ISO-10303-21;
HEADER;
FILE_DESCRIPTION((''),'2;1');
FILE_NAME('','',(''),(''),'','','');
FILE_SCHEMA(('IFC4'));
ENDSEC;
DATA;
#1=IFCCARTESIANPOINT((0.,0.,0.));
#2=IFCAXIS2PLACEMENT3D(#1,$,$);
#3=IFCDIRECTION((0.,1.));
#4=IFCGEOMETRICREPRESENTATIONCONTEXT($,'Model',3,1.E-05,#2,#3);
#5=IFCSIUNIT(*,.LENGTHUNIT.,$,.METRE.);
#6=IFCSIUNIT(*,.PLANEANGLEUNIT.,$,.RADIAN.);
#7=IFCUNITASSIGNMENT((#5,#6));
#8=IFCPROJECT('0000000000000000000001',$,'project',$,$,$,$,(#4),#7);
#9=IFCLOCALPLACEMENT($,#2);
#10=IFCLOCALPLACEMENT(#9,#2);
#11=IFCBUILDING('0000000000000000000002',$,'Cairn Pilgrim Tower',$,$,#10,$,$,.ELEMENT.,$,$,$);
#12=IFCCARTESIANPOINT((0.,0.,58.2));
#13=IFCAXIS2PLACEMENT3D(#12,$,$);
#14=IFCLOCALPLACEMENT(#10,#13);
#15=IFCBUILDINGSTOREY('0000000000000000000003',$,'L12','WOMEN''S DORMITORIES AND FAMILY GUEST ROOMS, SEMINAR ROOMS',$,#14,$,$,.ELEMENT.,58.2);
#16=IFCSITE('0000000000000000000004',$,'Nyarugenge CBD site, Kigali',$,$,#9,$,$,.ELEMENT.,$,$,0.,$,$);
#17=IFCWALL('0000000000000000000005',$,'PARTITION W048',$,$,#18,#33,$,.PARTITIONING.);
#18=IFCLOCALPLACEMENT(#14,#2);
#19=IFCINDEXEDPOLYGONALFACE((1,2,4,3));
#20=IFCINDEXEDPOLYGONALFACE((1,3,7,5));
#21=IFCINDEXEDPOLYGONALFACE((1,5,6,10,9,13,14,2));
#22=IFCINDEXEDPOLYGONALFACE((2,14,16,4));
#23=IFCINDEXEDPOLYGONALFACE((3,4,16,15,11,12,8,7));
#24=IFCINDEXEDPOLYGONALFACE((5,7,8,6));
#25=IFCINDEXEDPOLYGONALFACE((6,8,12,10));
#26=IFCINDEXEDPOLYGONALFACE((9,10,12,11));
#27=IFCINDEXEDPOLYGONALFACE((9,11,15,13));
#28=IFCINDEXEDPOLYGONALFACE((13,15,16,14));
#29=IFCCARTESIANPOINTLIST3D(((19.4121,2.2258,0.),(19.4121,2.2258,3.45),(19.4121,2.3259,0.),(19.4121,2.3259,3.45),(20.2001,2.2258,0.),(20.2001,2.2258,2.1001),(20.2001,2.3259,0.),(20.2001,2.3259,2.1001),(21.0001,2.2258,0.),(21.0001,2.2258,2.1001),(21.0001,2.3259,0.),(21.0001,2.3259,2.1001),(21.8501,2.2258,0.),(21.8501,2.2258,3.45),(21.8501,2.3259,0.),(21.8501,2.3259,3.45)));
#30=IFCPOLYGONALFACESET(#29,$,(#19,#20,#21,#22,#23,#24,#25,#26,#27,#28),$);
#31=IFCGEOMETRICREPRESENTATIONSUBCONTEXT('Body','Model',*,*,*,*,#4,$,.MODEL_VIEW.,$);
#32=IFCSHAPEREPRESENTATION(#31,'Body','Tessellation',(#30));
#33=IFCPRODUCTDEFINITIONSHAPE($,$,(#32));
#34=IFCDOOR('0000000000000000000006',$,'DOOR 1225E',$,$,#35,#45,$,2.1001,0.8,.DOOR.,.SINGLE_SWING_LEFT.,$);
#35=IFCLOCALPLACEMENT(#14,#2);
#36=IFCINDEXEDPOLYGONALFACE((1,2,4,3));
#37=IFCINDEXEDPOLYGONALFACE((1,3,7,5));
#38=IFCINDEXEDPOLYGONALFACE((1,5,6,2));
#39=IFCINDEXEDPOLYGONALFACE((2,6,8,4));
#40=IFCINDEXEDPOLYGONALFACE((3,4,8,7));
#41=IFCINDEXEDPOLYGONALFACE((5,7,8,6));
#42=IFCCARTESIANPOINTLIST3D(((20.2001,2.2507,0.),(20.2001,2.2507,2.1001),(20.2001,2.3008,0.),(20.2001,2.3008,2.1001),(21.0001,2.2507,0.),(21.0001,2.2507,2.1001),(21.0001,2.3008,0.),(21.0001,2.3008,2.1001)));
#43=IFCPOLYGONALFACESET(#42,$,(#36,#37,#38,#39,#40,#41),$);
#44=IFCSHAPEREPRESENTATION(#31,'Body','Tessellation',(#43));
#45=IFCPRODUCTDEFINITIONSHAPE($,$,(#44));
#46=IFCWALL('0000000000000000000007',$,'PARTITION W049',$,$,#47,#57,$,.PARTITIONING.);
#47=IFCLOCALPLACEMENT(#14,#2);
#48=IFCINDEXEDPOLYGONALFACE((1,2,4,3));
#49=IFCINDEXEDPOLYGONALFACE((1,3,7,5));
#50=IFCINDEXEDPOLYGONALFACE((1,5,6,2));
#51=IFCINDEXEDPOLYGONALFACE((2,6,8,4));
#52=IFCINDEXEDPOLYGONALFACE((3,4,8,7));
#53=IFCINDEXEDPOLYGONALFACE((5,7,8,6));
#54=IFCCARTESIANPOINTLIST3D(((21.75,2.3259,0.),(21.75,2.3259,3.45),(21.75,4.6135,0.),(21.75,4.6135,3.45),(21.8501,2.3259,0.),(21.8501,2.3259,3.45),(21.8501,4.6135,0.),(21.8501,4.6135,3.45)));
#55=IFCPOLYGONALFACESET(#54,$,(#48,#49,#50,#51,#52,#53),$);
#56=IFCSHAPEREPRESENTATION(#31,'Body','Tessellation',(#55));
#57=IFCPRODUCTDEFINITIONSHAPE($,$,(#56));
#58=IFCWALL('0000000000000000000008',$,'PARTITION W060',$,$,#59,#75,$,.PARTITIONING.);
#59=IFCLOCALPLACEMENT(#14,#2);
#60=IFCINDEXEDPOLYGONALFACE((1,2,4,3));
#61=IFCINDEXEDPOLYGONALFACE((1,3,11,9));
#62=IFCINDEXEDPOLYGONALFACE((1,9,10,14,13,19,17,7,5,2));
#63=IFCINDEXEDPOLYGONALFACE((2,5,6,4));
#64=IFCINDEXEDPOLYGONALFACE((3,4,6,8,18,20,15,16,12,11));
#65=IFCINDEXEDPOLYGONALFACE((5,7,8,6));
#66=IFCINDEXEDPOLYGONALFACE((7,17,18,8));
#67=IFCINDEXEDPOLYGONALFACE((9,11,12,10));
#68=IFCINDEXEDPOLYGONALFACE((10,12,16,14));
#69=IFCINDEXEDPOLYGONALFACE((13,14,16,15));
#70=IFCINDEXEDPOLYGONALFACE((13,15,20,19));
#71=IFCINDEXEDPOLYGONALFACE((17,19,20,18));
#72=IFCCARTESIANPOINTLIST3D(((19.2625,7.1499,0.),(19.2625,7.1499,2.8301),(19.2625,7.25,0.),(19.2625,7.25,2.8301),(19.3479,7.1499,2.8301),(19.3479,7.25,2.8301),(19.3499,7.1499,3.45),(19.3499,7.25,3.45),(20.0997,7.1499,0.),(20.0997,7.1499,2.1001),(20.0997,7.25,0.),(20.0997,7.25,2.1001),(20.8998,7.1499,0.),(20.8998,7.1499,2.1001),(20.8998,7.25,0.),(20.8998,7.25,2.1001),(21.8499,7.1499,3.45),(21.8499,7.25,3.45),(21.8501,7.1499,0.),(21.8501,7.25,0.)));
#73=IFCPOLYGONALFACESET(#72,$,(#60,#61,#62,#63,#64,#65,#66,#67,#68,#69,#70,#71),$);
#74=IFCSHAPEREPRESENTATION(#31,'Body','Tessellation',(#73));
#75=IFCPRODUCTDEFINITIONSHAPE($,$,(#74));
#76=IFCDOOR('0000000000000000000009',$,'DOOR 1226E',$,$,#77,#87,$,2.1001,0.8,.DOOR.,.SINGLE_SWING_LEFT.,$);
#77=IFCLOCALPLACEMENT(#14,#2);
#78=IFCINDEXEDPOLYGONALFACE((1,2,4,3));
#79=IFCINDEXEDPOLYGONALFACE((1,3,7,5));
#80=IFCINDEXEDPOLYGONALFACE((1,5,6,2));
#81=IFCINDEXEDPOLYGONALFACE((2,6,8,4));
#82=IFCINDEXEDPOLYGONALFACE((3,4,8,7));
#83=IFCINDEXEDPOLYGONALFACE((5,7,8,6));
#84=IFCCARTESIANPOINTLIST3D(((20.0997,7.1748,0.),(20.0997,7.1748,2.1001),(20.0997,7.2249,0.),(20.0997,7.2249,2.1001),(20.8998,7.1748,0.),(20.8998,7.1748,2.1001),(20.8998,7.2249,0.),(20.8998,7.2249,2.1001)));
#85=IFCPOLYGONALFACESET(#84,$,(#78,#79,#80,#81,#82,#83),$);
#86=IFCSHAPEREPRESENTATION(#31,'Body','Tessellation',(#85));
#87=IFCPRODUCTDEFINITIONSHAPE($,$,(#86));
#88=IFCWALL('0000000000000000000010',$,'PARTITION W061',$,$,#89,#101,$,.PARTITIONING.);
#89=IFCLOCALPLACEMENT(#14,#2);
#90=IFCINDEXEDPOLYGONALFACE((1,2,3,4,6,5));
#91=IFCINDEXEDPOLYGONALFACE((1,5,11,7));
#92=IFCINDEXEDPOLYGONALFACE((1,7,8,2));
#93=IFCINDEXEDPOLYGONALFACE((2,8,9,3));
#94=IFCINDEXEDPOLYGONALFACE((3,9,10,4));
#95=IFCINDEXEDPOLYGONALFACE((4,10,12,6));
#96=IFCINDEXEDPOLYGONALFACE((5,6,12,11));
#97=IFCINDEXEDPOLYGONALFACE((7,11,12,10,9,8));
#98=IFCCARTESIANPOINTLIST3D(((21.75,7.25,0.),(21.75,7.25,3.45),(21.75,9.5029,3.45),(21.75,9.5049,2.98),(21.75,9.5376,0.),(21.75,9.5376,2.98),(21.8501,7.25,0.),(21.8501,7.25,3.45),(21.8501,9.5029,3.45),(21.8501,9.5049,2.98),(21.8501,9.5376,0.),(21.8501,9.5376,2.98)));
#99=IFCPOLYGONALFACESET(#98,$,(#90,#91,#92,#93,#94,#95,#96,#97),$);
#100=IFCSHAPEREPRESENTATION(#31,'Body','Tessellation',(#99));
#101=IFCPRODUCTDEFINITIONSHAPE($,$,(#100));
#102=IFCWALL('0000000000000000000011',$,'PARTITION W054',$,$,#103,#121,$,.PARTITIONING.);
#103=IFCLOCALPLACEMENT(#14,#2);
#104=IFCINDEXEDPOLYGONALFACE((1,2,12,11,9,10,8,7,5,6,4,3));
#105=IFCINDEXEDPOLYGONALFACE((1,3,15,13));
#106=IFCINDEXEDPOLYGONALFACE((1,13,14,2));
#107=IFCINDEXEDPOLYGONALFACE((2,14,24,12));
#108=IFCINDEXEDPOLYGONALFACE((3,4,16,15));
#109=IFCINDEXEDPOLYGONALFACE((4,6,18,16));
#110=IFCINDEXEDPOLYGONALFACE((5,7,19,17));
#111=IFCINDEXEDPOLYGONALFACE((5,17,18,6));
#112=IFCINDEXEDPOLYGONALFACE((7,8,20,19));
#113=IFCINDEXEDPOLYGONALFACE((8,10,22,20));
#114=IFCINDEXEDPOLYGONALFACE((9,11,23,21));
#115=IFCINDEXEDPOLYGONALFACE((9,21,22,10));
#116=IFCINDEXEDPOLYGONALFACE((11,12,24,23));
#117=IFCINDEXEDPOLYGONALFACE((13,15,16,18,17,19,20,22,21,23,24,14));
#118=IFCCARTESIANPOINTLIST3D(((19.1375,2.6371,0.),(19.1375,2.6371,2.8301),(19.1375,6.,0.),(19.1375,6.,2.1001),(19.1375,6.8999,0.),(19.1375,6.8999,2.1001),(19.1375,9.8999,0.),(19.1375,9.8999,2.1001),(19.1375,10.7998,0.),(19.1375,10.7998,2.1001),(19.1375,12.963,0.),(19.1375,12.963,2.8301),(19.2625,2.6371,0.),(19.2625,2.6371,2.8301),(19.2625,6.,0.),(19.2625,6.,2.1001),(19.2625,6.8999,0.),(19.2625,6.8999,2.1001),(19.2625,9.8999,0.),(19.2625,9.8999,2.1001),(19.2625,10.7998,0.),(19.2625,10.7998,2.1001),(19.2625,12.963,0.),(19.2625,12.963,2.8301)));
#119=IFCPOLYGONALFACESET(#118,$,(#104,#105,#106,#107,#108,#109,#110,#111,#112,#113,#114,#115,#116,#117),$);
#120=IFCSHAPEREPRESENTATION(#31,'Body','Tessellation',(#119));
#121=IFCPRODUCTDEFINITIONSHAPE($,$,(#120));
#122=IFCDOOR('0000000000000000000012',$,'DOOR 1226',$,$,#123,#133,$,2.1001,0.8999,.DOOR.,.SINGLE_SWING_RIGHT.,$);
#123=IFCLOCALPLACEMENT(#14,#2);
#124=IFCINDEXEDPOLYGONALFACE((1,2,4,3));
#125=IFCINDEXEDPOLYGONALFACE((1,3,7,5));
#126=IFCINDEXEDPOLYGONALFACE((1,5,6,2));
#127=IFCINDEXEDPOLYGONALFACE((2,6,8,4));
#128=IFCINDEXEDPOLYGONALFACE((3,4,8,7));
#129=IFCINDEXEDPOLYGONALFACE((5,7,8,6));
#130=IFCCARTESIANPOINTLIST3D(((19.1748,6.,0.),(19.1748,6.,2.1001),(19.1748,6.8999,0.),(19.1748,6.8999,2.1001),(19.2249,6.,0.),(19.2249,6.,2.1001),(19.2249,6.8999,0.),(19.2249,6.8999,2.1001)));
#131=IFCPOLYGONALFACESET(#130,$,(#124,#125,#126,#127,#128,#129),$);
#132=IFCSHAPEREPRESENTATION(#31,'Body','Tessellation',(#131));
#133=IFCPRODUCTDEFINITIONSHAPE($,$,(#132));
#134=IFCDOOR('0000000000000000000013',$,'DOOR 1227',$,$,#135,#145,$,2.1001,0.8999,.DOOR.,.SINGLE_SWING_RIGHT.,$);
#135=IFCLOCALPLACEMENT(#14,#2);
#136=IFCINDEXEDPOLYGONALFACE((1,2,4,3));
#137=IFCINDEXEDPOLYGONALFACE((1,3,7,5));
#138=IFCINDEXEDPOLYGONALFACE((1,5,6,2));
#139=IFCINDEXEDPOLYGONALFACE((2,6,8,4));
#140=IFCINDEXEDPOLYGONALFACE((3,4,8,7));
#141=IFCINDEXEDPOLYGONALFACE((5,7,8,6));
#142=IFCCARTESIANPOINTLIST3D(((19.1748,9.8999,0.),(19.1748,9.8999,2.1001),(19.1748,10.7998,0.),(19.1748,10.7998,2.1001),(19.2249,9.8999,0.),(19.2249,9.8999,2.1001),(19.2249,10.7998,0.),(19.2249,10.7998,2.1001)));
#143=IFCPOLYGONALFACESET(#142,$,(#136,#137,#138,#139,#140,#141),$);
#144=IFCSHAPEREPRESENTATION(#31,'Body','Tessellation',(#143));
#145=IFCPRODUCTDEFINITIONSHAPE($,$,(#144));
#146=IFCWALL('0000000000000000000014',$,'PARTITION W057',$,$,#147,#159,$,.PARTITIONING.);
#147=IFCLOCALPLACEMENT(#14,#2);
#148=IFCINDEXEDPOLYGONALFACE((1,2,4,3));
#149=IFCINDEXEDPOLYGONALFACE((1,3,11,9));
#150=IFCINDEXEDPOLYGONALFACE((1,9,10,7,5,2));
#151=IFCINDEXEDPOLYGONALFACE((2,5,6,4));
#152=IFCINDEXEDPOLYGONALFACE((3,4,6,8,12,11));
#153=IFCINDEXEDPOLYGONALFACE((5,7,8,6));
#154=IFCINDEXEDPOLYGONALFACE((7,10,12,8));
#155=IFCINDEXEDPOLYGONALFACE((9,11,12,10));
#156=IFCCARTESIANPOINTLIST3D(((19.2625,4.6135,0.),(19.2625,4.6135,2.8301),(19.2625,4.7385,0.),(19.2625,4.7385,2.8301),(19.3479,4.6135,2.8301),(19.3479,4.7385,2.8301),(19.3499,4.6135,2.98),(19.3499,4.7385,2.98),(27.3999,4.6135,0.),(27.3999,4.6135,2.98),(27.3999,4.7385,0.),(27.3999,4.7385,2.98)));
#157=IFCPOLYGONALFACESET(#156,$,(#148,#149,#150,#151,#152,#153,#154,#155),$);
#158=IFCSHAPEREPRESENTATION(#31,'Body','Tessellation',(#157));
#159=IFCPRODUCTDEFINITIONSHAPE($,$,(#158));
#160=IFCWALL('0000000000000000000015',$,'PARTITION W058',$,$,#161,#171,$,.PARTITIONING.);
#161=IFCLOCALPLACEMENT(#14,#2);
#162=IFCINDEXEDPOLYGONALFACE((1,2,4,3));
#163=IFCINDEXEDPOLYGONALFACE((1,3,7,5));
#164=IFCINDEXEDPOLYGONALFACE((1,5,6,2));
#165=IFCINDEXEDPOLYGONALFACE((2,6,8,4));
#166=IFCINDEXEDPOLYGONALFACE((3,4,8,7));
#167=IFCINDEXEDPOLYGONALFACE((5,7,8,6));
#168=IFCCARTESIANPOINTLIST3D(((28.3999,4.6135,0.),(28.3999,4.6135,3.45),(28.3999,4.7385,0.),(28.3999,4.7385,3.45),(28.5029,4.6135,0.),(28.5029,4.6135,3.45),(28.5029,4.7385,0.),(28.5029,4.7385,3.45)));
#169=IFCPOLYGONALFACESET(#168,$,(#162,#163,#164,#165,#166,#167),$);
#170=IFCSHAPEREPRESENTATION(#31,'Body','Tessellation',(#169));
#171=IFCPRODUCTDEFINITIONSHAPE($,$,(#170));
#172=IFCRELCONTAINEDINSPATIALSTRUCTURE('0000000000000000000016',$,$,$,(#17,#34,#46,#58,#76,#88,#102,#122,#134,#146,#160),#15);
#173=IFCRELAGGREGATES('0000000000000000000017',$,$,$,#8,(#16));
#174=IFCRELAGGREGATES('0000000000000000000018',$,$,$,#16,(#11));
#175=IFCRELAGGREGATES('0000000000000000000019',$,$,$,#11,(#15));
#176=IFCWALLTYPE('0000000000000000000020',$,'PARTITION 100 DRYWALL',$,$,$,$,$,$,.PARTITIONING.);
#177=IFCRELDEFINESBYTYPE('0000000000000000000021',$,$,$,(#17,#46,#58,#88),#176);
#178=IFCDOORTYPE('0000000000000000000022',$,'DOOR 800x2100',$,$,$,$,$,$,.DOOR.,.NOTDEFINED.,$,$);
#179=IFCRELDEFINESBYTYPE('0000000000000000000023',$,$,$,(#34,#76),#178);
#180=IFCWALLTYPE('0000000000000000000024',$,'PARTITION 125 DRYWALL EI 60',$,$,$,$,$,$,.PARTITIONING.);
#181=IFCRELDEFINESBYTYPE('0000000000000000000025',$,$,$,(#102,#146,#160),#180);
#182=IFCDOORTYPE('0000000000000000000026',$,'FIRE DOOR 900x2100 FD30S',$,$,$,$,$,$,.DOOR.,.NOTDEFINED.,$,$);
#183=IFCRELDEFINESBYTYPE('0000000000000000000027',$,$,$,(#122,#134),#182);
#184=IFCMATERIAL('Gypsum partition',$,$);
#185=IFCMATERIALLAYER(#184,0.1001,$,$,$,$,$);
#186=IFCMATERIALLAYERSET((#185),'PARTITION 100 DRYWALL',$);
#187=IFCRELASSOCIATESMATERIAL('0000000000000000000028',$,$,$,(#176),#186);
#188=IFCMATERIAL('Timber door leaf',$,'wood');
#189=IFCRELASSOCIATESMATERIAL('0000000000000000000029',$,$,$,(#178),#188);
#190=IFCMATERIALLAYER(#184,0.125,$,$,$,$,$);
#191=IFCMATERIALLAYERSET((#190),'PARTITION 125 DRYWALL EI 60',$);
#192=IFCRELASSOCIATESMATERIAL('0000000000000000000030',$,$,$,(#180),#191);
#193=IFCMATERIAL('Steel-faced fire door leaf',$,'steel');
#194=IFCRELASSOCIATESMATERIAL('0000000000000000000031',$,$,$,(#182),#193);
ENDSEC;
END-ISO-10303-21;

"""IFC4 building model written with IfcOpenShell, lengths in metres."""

from ifc_helpers import new_model, si_unit, direction, frame, frame_2d, origin, place, context, subcontext, project, spatial, polyline, rectangle, outline, extrude, material, layer, layer_set, type_object, element, fill, save


model = new_model("IFC4")

# Units and contexts
model_context = context("Model", 3, precision=1e-05, world=origin(), true_north=direction((0.0, 1.0)))
body_context = subcontext(model_context, "Body", "Model", "MODEL_VIEW")
ifc_project = project(units=[si_unit("LENGTHUNIT", "METRE"), si_unit("PLANEANGLEUNIT", "RADIAN")], contexts=[model_context])

# Site, building, storey
site_placement = place(None, origin())
site = spatial("IfcSite", under=ifc_project, at=site_placement, Name="Nyarugenge CBD site, Kigali", CompositionType="ELEMENT", RefElevation=0.0)
building_placement = place(site_placement, origin())
building = spatial("IfcBuilding", under=site, at=building_placement, Name="Cairn Pilgrim Tower", CompositionType="ELEMENT")
storey_placement = place(building_placement, frame((0.0, 0.0, 58.2)))
storey = spatial("IfcBuildingStorey", under=building, at=storey_placement, Name="L12", Description="WOMEN'S DORMITORIES AND FAMILY GUEST ROOMS, SEMINAR ROOMS", CompositionType="ELEMENT", Elevation=58.2)

# Wall, opening, door
ifc_material_1 = material(Name="Gypsum partition")
ifc_layer_1 = layer(ifc_material_1, 0.1001)
ifc_layer_set_1 = layer_set([ifc_layer_1], Name="PARTITION 100 DRYWALL")
wall_type_1 = type_object("IfcWallType", Name="PARTITION 100 DRYWALL", PredefinedType="PARTITIONING", material=ifc_layer_set_1)
wall_1_placement = place(storey_placement, frame((19.4121, 2.2759, 0.0), z_axis=(0.0, 0.0, 1.0), x_axis=(1.0, 0.0, 0.0)))
wall_1 = element("IfcWall", 1, at=wall_1_placement, inside=storey, type_object=wall_type_1, Name="PARTITION W048", PredefinedType="PARTITIONING", context=body_context, shape_type="SweptSolid", body=[
    extrude(rectangle(XDim=2.438, YDim=0.1001, at=frame_2d((1.219, 0.0))), origin(), (0.0, 0.0, 1.0), 3.45),
])
opening_1_placement = place(wall_1_placement, frame((0.7881, 0.0, 0.0)))
opening_1 = element("IfcOpeningElement", 2, at=opening_1_placement, cuts=wall_1, PredefinedType="OPENING", context=body_context, shape_type="SweptSolid", body=[
    extrude(rectangle(XDim=0.8, YDim=2.1001, at=frame_2d((0.3999, 1.05))), frame((0.0, 0.0601, 0.0), z_axis=(0.0, -1.0, 0.0), x_axis=(1.0, 0.0, 0.0)), (0.0, 0.0, 1.0), 0.1201),
])
ifc_material_2 = material(Name="Timber door leaf", Category="wood")
door_type_1 = type_object("IfcDoorType", Name="DOOR 800x2100", OperationType="NOTDEFINED", PredefinedType="DOOR", material=ifc_material_2)
door_1_placement = place(opening_1_placement, origin())
door_1 = element("IfcDoor", 3, at=door_1_placement, inside=storey, type_object=door_type_1, Name="DOOR 1225E", OperationType="SINGLE_SWING_LEFT", OverallHeight=2.1001, OverallWidth=0.8, PredefinedType="DOOR", context=body_context, shape_type="SweptSolid", body=[
    extrude(rectangle(XDim=0.8, YDim=2.1001, at=frame_2d((0.3999, 1.05))), frame((0.0, 0.0249, 0.0), z_axis=(0.0, -1.0, 0.0), x_axis=(1.0, 0.0, 0.0)), (0.0, 0.0, 1.0), 0.05),
])
fill(opening_1, door_1)

# Wall
wall_2_placement = place(storey_placement, frame((21.8, 2.3259, 0.0), z_axis=(0.0, 0.0, 1.0), x_axis=(0.0, 1.0, 0.0)))
element("IfcWall", 4, at=wall_2_placement, inside=storey, type_object=wall_type_1, Name="PARTITION W049", PredefinedType="PARTITIONING", context=body_context, shape_type="SweptSolid", body=[
    extrude(rectangle(XDim=2.2876, YDim=0.1001, at=frame_2d((1.1438, 0.0))), origin(), (0.0, 0.0, 1.0), 3.45),
])

# Wall, opening, door
wall_3_placement = place(storey_placement, frame((19.2625, 7.2, 0.0), z_axis=(0.0, 0.0, 1.0), x_axis=(1.0, 0.0, 0.0)))
wall_3 = element("IfcWall", 5, at=wall_3_placement, inside=storey, type_object=wall_type_1, Name="PARTITION W060", PredefinedType="PARTITIONING", context=body_context, shape_type="SweptSolid", body=[
    extrude(outline(polyline([(0.0, 0.0), (2.5876, 0.0), (2.5874, 3.45), (0.0874, 3.45), (0.0854, 2.8301), (0.0, 2.8301), (0.0, 0.0)])), frame((0.0, 0.05, 0.0), z_axis=(0.0, -1.0, 0.0), x_axis=(1.0, 0.0, 0.0)), (0.0, 0.0, 1.0), 0.1001),
])
opening_2_placement = place(wall_3_placement, frame((0.8374, 0.0, 0.0)))
opening_2 = element("IfcOpeningElement", 6, at=opening_2_placement, cuts=wall_3, PredefinedType="OPENING", context=body_context, shape_type="SweptSolid", body=[
    extrude(rectangle(XDim=0.8, YDim=2.1001, at=frame_2d((0.3999, 1.05))), frame((0.0, 0.0601, 0.0), z_axis=(0.0, -1.0, 0.0), x_axis=(1.0, 0.0, 0.0)), (0.0, 0.0, 1.0), 0.1201),
])
door_2_placement = place(opening_2_placement, origin())
door_2 = element("IfcDoor", 7, at=door_2_placement, inside=storey, type_object=door_type_1, Name="DOOR 1226E", OperationType="SINGLE_SWING_LEFT", OverallHeight=2.1001, OverallWidth=0.8, PredefinedType="DOOR", context=body_context, shape_type="SweptSolid", body=[
    extrude(rectangle(XDim=0.8, YDim=2.1001, at=frame_2d((0.3999, 1.05))), frame((0.0, 0.0249, 0.0), z_axis=(0.0, -1.0, 0.0), x_axis=(1.0, 0.0, 0.0)), (0.0, 0.0, 1.0), 0.05),
])
fill(opening_2, door_2)

# Wall
wall_4_placement = place(storey_placement, frame((21.8, 7.25, 0.0), z_axis=(0.0, 0.0, 1.0), x_axis=(0.0, 1.0, 0.0)))
element("IfcWall", 8, at=wall_4_placement, inside=storey, type_object=wall_type_1, Name="PARTITION W061", PredefinedType="PARTITIONING", context=body_context, shape_type="SweptSolid", body=[
    extrude(outline(polyline([(0.0, 0.0), (2.2876, 0.0), (2.2876, 2.98), (2.2549, 2.98), (2.2529, 3.45), (0.0, 3.45), (0.0, 0.0)])), frame((0.0, 0.05, 0.0), z_axis=(0.0, -1.0, 0.0), x_axis=(1.0, 0.0, 0.0)), (0.0, 0.0, 1.0), 0.1001),
])

# Wall, openings, doors
ifc_layer_2 = layer(ifc_material_1, 0.125)
ifc_layer_set_2 = layer_set([ifc_layer_2], Name="PARTITION 125 DRYWALL EI 60")
wall_type_2 = type_object("IfcWallType", Name="PARTITION 125 DRYWALL EI 60", PredefinedType="PARTITIONING", material=ifc_layer_set_2)
wall_5_placement = place(storey_placement, frame((19.2, 2.637, 0.0), z_axis=(0.0, 0.0, 1.0), x_axis=(0.0, 1.0, 0.0)))
wall_5 = element("IfcWall", 9, at=wall_5_placement, inside=storey, type_object=wall_type_2, Name="PARTITION W054", PredefinedType="PARTITIONING", context=body_context, shape_type="SweptSolid", body=[
    extrude(rectangle(XDim=10.3259, YDim=0.125, at=frame_2d((5.1631, 0.0))), origin(), (0.0, 0.0, 1.0), 2.8301),
])
opening_3_placement = place(wall_5_placement, frame((3.363, 0.0, 0.0)))
opening_3 = element("IfcOpeningElement", 10, at=opening_3_placement, cuts=wall_5, PredefinedType="OPENING", context=body_context, shape_type="SweptSolid", body=[
    extrude(rectangle(XDim=0.8999, YDim=2.1001, at=frame_2d((0.45, 1.05))), frame((0.0, 0.0725, 0.0), z_axis=(0.0, -1.0, 0.0), x_axis=(1.0, 0.0, 0.0)), (0.0, 0.0, 1.0), 0.145),
])
opening_4_placement = place(wall_5_placement, frame((7.2629, 0.0, 0.0)))
opening_4 = element("IfcOpeningElement", 11, at=opening_4_placement, cuts=wall_5, PredefinedType="OPENING", context=body_context, shape_type="SweptSolid", body=[
    extrude(rectangle(XDim=0.8999, YDim=2.1001, at=frame_2d((0.45, 1.05))), frame((0.0, 0.0725, 0.0), z_axis=(0.0, -1.0, 0.0), x_axis=(1.0, 0.0, 0.0)), (0.0, 0.0, 1.0), 0.145),
])
ifc_material_3 = material(Name="Steel-faced fire door leaf", Category="steel")
door_type_2 = type_object("IfcDoorType", Name="FIRE DOOR 900x2100 FD30S", OperationType="NOTDEFINED", PredefinedType="DOOR", material=ifc_material_3)
door_3_placement = place(opening_3_placement, frame((0.8999, 0.0, 0.0), z_axis=(0.0, 0.0, 1.0), x_axis=(-1.0, 0.0, 0.0)))
door_3 = element("IfcDoor", 12, at=door_3_placement, inside=storey, type_object=door_type_2, Name="DOOR 1226", OperationType="SINGLE_SWING_RIGHT", OverallHeight=2.1001, OverallWidth=0.8999, PredefinedType="DOOR", context=body_context, shape_type="SweptSolid", body=[
    extrude(rectangle(XDim=0.8999, YDim=2.1001, at=frame_2d((0.45, 1.05))), frame((0.0, 0.0249, 0.0), z_axis=(0.0, -1.0, 0.0), x_axis=(1.0, 0.0, 0.0)), (0.0, 0.0, 1.0), 0.05),
])
fill(opening_3, door_3)
door_4_placement = place(opening_4_placement, frame((0.8999, 0.0, 0.0), z_axis=(0.0, 0.0, 1.0), x_axis=(-1.0, 0.0, 0.0)))
door_4 = element("IfcDoor", 13, at=door_4_placement, inside=storey, type_object=door_type_2, Name="DOOR 1227", OperationType="SINGLE_SWING_RIGHT", OverallHeight=2.1001, OverallWidth=0.8999, PredefinedType="DOOR", context=body_context, shape_type="SweptSolid", body=[
    extrude(rectangle(XDim=0.8999, YDim=2.1001, at=frame_2d((0.45, 1.05))), frame((0.0, 0.0249, 0.0), z_axis=(0.0, -1.0, 0.0), x_axis=(1.0, 0.0, 0.0)), (0.0, 0.0, 1.0), 0.05),
])
fill(opening_4, door_4)

# Walls
wall_6_placement = place(storey_placement, frame((19.2625, 4.676, 0.0), z_axis=(0.0, 0.0, 1.0), x_axis=(1.0, 0.0, 0.0)))
element("IfcWall", 14, at=wall_6_placement, inside=storey, type_object=wall_type_2, Name="PARTITION W057", PredefinedType="PARTITIONING", context=body_context, shape_type="SweptSolid", body=[
    extrude(outline(polyline([(0.0, 0.0), (8.1375, 0.0), (8.1375, 2.98), (0.0874, 2.98), (0.0854, 2.8301), (0.0, 2.8301), (0.0, 0.0)])), frame((0.0, 0.0625, 0.0), z_axis=(0.0, -1.0, 0.0), x_axis=(1.0, 0.0, 0.0)), (0.0, 0.0, 1.0), 0.125),
])
wall_7_placement = place(storey_placement, frame((28.3999, 4.676, 0.0), z_axis=(0.0, 0.0, 1.0), x_axis=(1.0, 0.0, 0.0)))
element("IfcWall", 15, at=wall_7_placement, inside=storey, type_object=wall_type_2, Name="PARTITION W058", PredefinedType="PARTITIONING", context=body_context, shape_type="SweptSolid", body=[
    extrude(rectangle(XDim=0.103, YDim=0.125, at=frame_2d((0.0515, 0.0))), origin(), (0.0, 0.0, 1.0), 3.45),
])

save(model, "model.ifc")
